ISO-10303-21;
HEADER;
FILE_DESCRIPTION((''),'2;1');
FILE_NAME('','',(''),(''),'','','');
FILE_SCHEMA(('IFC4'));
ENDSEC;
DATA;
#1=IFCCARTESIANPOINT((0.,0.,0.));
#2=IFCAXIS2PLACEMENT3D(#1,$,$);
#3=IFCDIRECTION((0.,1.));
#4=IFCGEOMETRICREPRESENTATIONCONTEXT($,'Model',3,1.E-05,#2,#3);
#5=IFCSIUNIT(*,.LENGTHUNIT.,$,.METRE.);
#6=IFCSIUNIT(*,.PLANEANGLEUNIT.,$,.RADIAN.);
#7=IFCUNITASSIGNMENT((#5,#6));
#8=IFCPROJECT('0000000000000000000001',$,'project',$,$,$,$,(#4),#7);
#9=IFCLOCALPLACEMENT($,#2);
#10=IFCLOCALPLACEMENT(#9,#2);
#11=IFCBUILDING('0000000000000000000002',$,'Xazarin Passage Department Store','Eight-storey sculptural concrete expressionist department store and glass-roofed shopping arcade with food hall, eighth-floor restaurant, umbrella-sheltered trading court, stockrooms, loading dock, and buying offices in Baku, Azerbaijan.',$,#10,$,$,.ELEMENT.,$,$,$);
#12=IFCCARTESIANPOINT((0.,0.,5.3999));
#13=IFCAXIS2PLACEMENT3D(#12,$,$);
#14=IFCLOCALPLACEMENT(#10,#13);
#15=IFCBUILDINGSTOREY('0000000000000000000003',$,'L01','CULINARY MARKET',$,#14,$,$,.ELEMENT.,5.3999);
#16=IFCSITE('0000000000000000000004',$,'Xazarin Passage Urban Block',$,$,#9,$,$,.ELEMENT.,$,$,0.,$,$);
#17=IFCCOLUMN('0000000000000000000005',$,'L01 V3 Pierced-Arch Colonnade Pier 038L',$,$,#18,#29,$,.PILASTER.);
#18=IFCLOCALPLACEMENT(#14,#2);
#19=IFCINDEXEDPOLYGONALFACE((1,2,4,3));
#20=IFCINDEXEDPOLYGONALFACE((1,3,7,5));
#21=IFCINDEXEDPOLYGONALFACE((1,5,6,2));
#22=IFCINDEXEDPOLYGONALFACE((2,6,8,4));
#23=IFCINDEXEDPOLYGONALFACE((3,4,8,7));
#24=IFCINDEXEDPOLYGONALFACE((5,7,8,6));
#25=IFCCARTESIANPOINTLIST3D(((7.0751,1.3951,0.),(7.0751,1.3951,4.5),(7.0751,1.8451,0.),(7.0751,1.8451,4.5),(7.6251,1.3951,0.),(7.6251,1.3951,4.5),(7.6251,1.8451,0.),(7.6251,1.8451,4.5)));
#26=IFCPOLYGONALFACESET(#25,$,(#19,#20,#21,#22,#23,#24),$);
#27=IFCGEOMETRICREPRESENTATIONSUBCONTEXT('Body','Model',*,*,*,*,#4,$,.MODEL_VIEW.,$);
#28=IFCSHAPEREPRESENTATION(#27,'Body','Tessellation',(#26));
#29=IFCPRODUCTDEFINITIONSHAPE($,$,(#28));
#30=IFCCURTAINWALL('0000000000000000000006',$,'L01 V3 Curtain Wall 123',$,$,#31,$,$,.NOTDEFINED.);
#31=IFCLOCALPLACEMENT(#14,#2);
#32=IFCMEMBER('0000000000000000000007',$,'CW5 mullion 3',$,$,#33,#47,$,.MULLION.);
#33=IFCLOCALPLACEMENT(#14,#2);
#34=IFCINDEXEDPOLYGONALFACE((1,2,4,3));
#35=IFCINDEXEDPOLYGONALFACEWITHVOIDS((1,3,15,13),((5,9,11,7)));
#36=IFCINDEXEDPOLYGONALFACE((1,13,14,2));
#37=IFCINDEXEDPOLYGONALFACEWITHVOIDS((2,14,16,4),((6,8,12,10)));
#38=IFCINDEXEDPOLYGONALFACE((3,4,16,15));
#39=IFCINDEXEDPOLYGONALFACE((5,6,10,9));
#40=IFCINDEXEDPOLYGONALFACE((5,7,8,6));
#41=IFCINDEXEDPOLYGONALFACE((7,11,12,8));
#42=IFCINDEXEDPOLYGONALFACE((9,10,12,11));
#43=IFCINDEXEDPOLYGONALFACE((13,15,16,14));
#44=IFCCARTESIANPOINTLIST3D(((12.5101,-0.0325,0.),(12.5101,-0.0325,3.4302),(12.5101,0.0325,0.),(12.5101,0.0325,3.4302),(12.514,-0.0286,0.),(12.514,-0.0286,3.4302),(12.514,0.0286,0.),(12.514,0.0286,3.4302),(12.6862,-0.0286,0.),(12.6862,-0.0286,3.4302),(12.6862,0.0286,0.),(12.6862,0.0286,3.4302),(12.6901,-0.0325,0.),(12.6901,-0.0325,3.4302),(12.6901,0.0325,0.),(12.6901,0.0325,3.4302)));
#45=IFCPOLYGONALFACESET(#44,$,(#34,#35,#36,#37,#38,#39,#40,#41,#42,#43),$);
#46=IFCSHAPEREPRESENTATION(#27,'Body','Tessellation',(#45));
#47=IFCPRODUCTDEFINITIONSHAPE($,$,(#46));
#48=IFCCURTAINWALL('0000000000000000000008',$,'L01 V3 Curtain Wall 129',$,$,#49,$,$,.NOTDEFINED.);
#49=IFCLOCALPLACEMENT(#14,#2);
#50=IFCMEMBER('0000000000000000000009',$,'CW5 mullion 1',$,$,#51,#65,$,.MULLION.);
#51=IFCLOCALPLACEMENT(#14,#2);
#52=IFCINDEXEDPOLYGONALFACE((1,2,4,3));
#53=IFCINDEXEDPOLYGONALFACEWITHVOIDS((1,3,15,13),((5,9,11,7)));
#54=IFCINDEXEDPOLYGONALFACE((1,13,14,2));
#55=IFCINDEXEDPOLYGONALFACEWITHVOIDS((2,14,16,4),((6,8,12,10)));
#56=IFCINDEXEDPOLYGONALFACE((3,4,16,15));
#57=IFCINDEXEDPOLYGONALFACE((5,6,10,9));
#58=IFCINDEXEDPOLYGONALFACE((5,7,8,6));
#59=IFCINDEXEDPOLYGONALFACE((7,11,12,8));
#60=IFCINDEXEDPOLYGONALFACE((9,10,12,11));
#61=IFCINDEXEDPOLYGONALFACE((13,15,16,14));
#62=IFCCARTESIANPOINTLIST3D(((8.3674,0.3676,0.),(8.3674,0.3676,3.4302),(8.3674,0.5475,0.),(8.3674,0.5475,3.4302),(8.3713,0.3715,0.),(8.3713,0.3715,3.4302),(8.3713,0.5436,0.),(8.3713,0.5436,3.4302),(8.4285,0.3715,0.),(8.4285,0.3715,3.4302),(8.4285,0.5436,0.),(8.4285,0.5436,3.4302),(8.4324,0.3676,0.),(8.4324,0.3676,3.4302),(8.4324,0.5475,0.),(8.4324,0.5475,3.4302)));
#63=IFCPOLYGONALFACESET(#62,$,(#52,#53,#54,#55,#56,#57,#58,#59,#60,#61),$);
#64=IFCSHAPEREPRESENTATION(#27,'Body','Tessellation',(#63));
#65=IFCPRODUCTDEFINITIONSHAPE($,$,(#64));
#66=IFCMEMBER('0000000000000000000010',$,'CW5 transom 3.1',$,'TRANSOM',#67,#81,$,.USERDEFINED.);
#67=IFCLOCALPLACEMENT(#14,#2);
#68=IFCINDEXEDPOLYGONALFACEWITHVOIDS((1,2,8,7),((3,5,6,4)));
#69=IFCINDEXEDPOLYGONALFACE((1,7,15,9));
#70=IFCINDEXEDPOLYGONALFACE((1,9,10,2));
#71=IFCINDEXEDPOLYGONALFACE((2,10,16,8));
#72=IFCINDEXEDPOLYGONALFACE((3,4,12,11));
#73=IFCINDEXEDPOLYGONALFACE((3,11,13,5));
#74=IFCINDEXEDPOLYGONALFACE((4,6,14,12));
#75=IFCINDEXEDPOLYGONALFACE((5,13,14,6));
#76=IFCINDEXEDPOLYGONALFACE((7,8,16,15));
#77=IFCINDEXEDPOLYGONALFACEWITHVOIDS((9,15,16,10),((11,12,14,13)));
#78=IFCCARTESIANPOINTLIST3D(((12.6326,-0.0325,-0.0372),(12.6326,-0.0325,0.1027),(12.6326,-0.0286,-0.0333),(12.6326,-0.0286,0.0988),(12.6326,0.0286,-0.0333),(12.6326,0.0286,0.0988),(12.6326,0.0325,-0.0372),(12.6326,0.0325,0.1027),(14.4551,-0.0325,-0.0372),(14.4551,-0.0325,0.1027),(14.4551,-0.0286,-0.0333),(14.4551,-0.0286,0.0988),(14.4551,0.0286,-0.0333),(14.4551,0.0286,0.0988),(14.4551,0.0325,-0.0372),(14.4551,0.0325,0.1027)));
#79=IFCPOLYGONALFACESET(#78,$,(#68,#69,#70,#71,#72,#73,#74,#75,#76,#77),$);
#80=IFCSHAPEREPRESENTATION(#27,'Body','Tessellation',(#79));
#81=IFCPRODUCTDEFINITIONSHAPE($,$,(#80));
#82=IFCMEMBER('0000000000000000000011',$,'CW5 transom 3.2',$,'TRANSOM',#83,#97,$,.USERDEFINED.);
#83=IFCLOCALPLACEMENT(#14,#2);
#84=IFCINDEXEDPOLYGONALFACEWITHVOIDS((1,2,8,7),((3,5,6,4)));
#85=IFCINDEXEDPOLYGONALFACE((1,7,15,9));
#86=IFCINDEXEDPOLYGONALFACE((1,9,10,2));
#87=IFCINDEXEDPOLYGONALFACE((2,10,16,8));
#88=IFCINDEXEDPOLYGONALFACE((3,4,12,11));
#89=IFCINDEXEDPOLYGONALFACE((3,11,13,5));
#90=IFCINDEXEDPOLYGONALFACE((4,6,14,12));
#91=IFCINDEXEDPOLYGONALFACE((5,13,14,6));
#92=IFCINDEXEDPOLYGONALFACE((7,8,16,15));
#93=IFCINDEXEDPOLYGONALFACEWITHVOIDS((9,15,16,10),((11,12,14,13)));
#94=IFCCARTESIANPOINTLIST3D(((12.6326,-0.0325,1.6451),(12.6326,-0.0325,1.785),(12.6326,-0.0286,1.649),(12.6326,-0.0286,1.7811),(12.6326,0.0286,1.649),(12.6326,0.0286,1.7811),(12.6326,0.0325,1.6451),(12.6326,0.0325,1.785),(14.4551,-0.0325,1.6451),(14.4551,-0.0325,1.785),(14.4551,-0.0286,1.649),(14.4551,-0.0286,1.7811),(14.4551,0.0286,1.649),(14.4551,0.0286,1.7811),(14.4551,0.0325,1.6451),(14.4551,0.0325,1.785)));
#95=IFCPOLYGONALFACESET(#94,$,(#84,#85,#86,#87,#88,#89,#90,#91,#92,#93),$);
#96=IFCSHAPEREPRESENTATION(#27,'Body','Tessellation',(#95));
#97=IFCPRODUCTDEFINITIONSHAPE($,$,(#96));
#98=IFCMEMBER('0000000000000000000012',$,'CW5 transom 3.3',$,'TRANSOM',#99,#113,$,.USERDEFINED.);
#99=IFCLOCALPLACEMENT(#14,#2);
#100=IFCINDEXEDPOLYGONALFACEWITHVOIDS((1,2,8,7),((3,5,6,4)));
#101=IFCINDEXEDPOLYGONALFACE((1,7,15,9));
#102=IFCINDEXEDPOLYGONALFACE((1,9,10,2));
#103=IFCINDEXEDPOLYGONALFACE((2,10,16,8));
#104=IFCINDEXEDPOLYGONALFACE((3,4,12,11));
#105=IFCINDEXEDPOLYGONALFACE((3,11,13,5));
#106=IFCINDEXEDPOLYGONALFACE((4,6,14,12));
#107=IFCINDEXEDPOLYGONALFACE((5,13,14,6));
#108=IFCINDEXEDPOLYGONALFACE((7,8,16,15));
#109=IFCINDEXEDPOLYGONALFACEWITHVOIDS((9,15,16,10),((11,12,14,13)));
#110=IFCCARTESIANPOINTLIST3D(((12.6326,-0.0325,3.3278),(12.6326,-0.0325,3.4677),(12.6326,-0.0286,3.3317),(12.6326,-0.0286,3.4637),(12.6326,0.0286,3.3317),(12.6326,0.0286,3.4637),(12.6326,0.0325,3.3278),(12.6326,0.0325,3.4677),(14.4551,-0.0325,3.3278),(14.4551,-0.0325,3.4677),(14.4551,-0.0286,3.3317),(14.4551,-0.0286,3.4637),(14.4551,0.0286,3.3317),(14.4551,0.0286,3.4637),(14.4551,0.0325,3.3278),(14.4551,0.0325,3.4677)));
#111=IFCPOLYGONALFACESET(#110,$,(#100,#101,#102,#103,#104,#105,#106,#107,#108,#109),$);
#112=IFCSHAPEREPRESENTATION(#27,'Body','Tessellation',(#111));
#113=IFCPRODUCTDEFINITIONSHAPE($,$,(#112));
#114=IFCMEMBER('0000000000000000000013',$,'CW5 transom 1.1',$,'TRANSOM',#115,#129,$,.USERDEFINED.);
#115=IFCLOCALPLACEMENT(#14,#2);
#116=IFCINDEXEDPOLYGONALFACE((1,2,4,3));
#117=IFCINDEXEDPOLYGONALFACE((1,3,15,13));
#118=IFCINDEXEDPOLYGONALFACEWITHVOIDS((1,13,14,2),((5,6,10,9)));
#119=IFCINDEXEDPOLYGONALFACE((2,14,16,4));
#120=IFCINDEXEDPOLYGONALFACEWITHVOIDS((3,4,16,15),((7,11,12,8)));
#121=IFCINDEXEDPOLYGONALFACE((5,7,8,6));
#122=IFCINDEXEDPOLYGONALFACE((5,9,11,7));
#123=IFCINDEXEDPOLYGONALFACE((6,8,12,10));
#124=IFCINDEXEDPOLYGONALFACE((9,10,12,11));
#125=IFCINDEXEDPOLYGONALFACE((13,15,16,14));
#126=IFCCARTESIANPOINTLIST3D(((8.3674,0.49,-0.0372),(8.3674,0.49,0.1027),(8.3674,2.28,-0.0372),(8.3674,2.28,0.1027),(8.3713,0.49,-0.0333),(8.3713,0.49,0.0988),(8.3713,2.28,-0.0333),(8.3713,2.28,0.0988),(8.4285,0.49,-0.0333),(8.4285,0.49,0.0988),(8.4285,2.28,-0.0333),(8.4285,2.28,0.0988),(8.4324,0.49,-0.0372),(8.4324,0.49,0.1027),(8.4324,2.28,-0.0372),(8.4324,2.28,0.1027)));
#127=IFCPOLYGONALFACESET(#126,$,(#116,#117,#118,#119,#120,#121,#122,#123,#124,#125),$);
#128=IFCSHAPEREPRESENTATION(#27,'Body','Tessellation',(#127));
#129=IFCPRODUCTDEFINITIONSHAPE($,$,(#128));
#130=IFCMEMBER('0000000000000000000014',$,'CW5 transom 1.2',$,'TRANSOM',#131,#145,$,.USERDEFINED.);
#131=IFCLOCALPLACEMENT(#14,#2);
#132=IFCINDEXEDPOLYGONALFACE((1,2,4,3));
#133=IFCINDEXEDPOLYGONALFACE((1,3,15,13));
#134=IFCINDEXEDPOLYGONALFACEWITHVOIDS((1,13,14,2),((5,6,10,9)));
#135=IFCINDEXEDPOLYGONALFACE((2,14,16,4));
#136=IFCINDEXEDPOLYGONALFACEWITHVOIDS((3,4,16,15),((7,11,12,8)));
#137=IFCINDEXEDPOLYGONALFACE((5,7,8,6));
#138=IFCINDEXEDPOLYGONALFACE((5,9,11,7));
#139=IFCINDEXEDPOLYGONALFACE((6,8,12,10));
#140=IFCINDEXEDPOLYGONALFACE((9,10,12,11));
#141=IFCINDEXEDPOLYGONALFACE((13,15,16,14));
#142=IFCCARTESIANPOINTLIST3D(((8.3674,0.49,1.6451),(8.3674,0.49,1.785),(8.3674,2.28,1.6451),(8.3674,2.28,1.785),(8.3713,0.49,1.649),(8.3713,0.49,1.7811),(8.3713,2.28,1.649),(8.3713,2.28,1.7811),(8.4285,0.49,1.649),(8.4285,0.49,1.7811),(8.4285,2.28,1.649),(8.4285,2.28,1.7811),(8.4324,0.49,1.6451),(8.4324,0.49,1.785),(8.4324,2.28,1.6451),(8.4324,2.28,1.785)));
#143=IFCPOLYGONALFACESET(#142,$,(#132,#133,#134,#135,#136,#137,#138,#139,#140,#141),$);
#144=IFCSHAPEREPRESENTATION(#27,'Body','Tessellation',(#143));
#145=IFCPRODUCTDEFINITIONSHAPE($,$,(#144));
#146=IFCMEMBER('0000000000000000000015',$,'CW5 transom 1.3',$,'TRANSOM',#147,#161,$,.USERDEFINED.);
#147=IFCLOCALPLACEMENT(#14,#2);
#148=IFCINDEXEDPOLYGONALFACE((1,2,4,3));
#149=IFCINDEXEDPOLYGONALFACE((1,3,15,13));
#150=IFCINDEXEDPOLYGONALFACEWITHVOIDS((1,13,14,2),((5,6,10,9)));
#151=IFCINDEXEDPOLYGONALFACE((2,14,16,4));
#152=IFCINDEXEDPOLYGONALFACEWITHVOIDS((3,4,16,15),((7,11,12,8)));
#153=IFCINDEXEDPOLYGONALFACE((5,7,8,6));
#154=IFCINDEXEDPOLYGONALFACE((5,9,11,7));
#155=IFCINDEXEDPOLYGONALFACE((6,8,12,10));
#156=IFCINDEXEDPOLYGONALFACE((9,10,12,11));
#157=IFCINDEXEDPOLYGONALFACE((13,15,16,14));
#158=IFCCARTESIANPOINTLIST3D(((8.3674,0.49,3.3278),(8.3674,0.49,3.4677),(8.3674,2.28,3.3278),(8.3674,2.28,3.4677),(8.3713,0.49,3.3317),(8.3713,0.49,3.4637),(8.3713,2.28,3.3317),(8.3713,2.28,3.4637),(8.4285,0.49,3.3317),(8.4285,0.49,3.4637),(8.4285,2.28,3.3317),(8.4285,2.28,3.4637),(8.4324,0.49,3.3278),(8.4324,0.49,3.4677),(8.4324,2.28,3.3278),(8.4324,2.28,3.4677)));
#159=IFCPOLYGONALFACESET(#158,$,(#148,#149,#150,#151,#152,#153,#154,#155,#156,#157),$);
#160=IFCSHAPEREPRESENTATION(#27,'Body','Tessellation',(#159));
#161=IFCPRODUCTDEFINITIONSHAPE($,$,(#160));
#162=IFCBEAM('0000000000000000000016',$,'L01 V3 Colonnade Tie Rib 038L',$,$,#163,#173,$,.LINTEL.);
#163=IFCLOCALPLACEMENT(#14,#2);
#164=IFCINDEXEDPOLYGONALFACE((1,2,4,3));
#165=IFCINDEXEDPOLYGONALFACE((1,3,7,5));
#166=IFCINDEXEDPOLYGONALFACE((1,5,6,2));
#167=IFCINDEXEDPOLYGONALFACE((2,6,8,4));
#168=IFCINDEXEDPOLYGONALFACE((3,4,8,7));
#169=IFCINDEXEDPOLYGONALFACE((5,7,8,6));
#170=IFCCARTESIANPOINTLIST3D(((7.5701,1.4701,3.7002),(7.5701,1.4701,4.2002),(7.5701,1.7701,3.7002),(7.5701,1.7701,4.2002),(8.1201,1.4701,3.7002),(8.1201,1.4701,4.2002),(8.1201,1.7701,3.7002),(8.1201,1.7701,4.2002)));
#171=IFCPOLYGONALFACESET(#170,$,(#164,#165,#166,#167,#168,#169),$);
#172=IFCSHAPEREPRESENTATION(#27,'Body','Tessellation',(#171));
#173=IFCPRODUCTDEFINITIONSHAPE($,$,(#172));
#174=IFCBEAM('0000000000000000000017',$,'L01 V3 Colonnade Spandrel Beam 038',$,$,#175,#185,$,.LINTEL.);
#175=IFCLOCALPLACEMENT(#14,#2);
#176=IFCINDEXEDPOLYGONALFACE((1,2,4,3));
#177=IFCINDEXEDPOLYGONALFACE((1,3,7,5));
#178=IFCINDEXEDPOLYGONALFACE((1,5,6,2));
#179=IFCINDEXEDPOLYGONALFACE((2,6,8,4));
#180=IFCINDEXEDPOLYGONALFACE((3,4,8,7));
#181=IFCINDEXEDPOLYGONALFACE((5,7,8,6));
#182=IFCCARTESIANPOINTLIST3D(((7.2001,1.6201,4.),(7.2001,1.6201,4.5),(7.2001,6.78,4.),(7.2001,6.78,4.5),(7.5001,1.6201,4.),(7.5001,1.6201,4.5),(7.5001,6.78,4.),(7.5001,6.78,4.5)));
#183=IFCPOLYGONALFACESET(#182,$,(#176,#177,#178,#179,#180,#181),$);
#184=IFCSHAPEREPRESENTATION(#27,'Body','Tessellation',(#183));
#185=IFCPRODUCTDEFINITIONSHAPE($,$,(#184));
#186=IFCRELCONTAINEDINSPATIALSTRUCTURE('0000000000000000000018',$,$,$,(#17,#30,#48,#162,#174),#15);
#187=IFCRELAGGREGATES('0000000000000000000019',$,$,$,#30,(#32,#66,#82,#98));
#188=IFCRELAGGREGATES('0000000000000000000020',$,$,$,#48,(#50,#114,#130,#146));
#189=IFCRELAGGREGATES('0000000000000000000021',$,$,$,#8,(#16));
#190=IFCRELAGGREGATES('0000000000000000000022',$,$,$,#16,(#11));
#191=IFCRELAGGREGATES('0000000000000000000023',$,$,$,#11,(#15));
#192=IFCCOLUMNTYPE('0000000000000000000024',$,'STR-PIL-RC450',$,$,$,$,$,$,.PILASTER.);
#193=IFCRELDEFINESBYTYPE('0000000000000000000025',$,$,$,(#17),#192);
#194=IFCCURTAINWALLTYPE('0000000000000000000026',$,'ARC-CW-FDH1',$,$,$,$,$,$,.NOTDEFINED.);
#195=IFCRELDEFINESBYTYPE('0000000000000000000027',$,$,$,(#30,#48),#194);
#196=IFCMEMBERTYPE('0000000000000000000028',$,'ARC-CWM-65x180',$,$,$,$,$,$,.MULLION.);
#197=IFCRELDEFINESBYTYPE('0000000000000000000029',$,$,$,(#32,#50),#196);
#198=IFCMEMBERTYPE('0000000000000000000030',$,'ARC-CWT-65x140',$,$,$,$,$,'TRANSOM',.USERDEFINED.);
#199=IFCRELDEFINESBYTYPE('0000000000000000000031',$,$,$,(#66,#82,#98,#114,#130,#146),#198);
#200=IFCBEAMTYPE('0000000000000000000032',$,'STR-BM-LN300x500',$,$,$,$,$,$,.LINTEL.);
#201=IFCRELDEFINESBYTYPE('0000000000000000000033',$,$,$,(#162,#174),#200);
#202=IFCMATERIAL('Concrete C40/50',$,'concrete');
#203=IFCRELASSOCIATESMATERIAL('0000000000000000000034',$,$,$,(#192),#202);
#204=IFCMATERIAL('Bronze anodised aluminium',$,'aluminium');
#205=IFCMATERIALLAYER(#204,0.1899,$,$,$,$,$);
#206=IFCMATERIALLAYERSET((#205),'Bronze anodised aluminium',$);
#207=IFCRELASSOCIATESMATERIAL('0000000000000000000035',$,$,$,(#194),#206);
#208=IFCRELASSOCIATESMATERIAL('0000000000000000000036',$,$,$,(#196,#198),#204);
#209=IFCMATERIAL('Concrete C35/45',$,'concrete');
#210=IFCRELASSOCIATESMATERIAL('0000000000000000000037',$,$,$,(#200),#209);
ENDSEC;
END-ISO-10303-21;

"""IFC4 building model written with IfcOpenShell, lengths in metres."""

from ifc_helpers import new_model, si_unit, direction, frame, origin, origin_2d, place, context, subcontext, project, spatial, rectangle, hollow_rectangle, extrude, material, layer, layer_set, material_profile, profile_set, type_object, element, aggregate, save


model = new_model("IFC4")

# Units and contexts
model_context = context("Model", 3, precision=1e-05, world=origin(), true_north=direction((0.0, 1.0)))
body_context = subcontext(model_context, "Body", "Model", "MODEL_VIEW")
ifc_project = project(units=[si_unit("LENGTHUNIT", "METRE"), si_unit("PLANEANGLEUNIT", "RADIAN")], contexts=[model_context])

# Site, building, storey
site_placement = place(None, origin())
site = spatial("IfcSite", under=ifc_project, at=site_placement, Name="Xazarin Passage Urban Block", CompositionType="ELEMENT", RefElevation=0.0)
building_placement = place(site_placement, origin())
building = spatial("IfcBuilding", under=site, at=building_placement, Name="Xazarin Passage Department Store", Description="Eight-storey sculptural concrete expressionist department store and glass-roofed shopping arcade with food hall, eighth-floor restaurant, umbrella-sheltered trading court, stockrooms, loading dock, and buying offices in Baku, Azerbaijan.", CompositionType="ELEMENT")
storey_placement = place(building_placement, frame((0.0, 0.0, 5.3999)))
storey = spatial("IfcBuildingStorey", under=building, at=storey_placement, Name="L01", Description="CULINARY MARKET", CompositionType="ELEMENT", Elevation=5.3999)

# Column
ifc_material_1 = material(Name="Concrete C40/50", Category="concrete")
ifc_material_profile_1 = material_profile(ifc_material_1, rectangle(XDim=0.45, YDim=0.55, at=origin_2d()), Name="RC 450x550")
ifc_profile_set_1 = profile_set([ifc_material_profile_1], Name="Concrete C40/50")
column_type = type_object("IfcColumnType", Name="STR-PIL-RC450", PredefinedType="PILASTER", material=ifc_profile_set_1)
column_placement = place(storey_placement, frame((7.3501, 1.6201, 0.0), z_axis=(0.0, 0.0, 1.0), x_axis=(0.0, 1.0, 0.0)))
element("IfcColumn", 1, at=column_placement, inside=storey, type_object=column_type, Name="L01 V3 Pierced-Arch Colonnade Pier 038L", PredefinedType="PILASTER", context=body_context, shape_type="SweptSolid", body=[
    extrude(rectangle(XDim=0.45, YDim=0.55, at=origin_2d()), origin(), (0.0, 0.0, 1.0), 4.5),
])

# Curtain walls, members
ifc_material_2 = material(Name="Bronze anodised aluminium", Category="aluminium")
ifc_layer_1 = layer(ifc_material_2, 0.1899)
ifc_layer_set_1 = layer_set([ifc_layer_1], Name="Bronze anodised aluminium")
curtain_wall_type = type_object("IfcCurtainWallType", Name="ARC-CW-FDH1", PredefinedType="NOTDEFINED", material=ifc_layer_set_1)
curtain_wall_1_placement = place(storey_placement, origin())
curtain_wall_1 = element("IfcCurtainWall", 2, at=curtain_wall_1_placement, inside=storey, type_object=curtain_wall_type, Name="L01 V3 Curtain Wall 123", PredefinedType="NOTDEFINED")
ifc_material_profile_2 = material_profile(ifc_material_2, hollow_rectangle(XDim=0.0649, YDim=0.1799, WallThickness=0.0039, at=origin_2d()), Name="ALU 65x180")
ifc_profile_set_2 = profile_set([ifc_material_profile_2], Name="Bronze anodised aluminium")
member_type_1 = type_object("IfcMemberType", Name="ARC-CWM-65x180", PredefinedType="MULLION", material=ifc_profile_set_2)
member_1_placement = place(storey_placement, frame((12.6001, 0.0, 0.0), z_axis=(0.0, 0.0, 1.0), x_axis=(0.0, 1.0, 0.0)))
member_1 = element("IfcMember", 3, at=member_1_placement, type_object=member_type_1, Name="CW5 mullion 3", PredefinedType="MULLION", context=body_context, shape_type="SweptSolid", body=[
    extrude(hollow_rectangle(XDim=0.0649, YDim=0.1799, WallThickness=0.0039, at=origin_2d()), origin(), (0.0, 0.0, 1.0), 3.4302),
])
curtain_wall_2_placement = place(storey_placement, origin())
curtain_wall_2 = element("IfcCurtainWall", 4, at=curtain_wall_2_placement, inside=storey, type_object=curtain_wall_type, Name="L01 V3 Curtain Wall 129", PredefinedType="NOTDEFINED")
member_2_placement = place(storey_placement, frame((8.3999, 0.4575, 0.0), z_axis=(0.0, 0.0, 1.0), x_axis=(-1.0, 0.0, 0.0)))
member_2 = element("IfcMember", 5, at=member_2_placement, type_object=member_type_1, Name="CW5 mullion 1", PredefinedType="MULLION", context=body_context, shape_type="SweptSolid", body=[
    extrude(hollow_rectangle(XDim=0.0649, YDim=0.1799, WallThickness=0.0039, at=origin_2d()), origin(), (0.0, 0.0, 1.0), 3.4302),
])

# Members
ifc_material_profile_3 = material_profile(ifc_material_2, hollow_rectangle(XDim=0.0649, YDim=0.1399, WallThickness=0.0039, at=origin_2d()), Name="ALU 65x140")
ifc_profile_set_3 = profile_set([ifc_material_profile_3], Name="Bronze anodised aluminium")
member_type_2 = type_object("IfcMemberType", Name="ARC-CWT-65x140", ElementType="TRANSOM", PredefinedType="USERDEFINED", material=ifc_profile_set_3)
member_3_placement = place(storey_placement, frame((12.6326, 0.0, 0.0327), z_axis=(1.0, 0.0, 0.0), x_axis=(0.0, 1.0, 0.0)))
member_3 = element("IfcMember", 6, at=member_3_placement, type_object=member_type_2, Name="CW5 transom 3.1", ObjectType="TRANSOM", PredefinedType="USERDEFINED", context=body_context, shape_type="SweptSolid", body=[
    extrude(hollow_rectangle(XDim=0.0649, YDim=0.1399, WallThickness=0.0039, at=origin_2d()), origin(), (0.0, 0.0, 1.0), 1.8225),
])
member_4_placement = place(storey_placement, frame((12.6326, 0.0, 1.7151), z_axis=(1.0, 0.0, 0.0), x_axis=(0.0, 1.0, 0.0)))
member_4 = element("IfcMember", 7, at=member_4_placement, type_object=member_type_2, Name="CW5 transom 3.2", ObjectType="TRANSOM", PredefinedType="USERDEFINED", context=body_context, shape_type="SweptSolid", body=[
    extrude(hollow_rectangle(XDim=0.0649, YDim=0.1399, WallThickness=0.0039, at=origin_2d()), origin(), (0.0, 0.0, 1.0), 1.8225),
])
member_5_placement = place(storey_placement, frame((12.6326, 0.0, 3.3977), z_axis=(1.0, 0.0, 0.0), x_axis=(0.0, 1.0, 0.0)))
member_5 = element("IfcMember", 8, at=member_5_placement, type_object=member_type_2, Name="CW5 transom 3.3", ObjectType="TRANSOM", PredefinedType="USERDEFINED", context=body_context, shape_type="SweptSolid", body=[
    extrude(hollow_rectangle(XDim=0.0649, YDim=0.1399, WallThickness=0.0039, at=origin_2d()), origin(), (0.0, 0.0, 1.0), 1.8225),
])
member_6_placement = place(storey_placement, frame((8.3999, 0.49, 0.0327), z_axis=(0.0, 1.0, 0.0), x_axis=(-1.0, 0.0, 0.0)))
member_6 = element("IfcMember", 9, at=member_6_placement, type_object=member_type_2, Name="CW5 transom 1.1", ObjectType="TRANSOM", PredefinedType="USERDEFINED", context=body_context, shape_type="SweptSolid", body=[
    extrude(hollow_rectangle(XDim=0.0649, YDim=0.1399, WallThickness=0.0039, at=origin_2d()), origin(), (0.0, 0.0, 1.0), 1.79),
])
member_7_placement = place(storey_placement, frame((8.3999, 0.49, 1.7151), z_axis=(0.0, 1.0, 0.0), x_axis=(-1.0, 0.0, 0.0)))
member_7 = element("IfcMember", 10, at=member_7_placement, type_object=member_type_2, Name="CW5 transom 1.2", ObjectType="TRANSOM", PredefinedType="USERDEFINED", context=body_context, shape_type="SweptSolid", body=[
    extrude(hollow_rectangle(XDim=0.0649, YDim=0.1399, WallThickness=0.0039, at=origin_2d()), origin(), (0.0, 0.0, 1.0), 1.79),
])
member_8_placement = place(storey_placement, frame((8.3999, 0.49, 3.3977), z_axis=(0.0, 1.0, 0.0), x_axis=(-1.0, 0.0, 0.0)))
member_8 = element("IfcMember", 11, at=member_8_placement, type_object=member_type_2, Name="CW5 transom 1.3", ObjectType="TRANSOM", PredefinedType="USERDEFINED", context=body_context, shape_type="SweptSolid", body=[
    extrude(hollow_rectangle(XDim=0.0649, YDim=0.1399, WallThickness=0.0039, at=origin_2d()), origin(), (0.0, 0.0, 1.0), 1.79),
])

# Beams
ifc_material_3 = material(Name="Concrete C35/45", Category="concrete")
ifc_material_profile_4 = material_profile(ifc_material_3, rectangle(XDim=0.3, YDim=0.5, at=origin_2d()), Name="RC 300x500")
ifc_profile_set_4 = profile_set([ifc_material_profile_4], Name="Concrete C35/45")
beam_type_1 = type_object("IfcBeamType", Name="STR-BM-LN300x500", PredefinedType="LINTEL", material=ifc_profile_set_4)
beam_1_placement = place(storey_placement, frame((8.1201, 1.6201, 3.9502), z_axis=(-1.0, 0.0, 0.0), x_axis=(0.0, -1.0, 0.0)))
element("IfcBeam", 12, at=beam_1_placement, inside=storey, type_object=beam_type_1, Name="L01 V3 Colonnade Tie Rib 038L", PredefinedType="LINTEL", context=body_context, shape_type="SweptSolid", body=[
    extrude(rectangle(XDim=0.3, YDim=0.5, at=origin_2d()), origin(), (0.0, 0.0, 1.0), 0.55),
])
beam_2_placement = place(storey_placement, frame((7.3501, 1.6201, 4.25), z_axis=(0.0, 1.0, 0.0), x_axis=(-1.0, 0.0, 0.0)))
element("IfcBeam", 13, at=beam_2_placement, inside=storey, type_object=beam_type_1, Name="L01 V3 Colonnade Spandrel Beam 038", PredefinedType="LINTEL", context=body_context, shape_type="SweptSolid", body=[
    extrude(rectangle(XDim=0.3, YDim=0.5, at=origin_2d()), origin(), (0.0, 0.0, 1.0), 5.1599),
])

aggregate(curtain_wall_1, [member_1, member_3, member_4, member_5])
aggregate(curtain_wall_2, [member_2, member_6, member_7, member_8])

save(model, "model.ifc")
